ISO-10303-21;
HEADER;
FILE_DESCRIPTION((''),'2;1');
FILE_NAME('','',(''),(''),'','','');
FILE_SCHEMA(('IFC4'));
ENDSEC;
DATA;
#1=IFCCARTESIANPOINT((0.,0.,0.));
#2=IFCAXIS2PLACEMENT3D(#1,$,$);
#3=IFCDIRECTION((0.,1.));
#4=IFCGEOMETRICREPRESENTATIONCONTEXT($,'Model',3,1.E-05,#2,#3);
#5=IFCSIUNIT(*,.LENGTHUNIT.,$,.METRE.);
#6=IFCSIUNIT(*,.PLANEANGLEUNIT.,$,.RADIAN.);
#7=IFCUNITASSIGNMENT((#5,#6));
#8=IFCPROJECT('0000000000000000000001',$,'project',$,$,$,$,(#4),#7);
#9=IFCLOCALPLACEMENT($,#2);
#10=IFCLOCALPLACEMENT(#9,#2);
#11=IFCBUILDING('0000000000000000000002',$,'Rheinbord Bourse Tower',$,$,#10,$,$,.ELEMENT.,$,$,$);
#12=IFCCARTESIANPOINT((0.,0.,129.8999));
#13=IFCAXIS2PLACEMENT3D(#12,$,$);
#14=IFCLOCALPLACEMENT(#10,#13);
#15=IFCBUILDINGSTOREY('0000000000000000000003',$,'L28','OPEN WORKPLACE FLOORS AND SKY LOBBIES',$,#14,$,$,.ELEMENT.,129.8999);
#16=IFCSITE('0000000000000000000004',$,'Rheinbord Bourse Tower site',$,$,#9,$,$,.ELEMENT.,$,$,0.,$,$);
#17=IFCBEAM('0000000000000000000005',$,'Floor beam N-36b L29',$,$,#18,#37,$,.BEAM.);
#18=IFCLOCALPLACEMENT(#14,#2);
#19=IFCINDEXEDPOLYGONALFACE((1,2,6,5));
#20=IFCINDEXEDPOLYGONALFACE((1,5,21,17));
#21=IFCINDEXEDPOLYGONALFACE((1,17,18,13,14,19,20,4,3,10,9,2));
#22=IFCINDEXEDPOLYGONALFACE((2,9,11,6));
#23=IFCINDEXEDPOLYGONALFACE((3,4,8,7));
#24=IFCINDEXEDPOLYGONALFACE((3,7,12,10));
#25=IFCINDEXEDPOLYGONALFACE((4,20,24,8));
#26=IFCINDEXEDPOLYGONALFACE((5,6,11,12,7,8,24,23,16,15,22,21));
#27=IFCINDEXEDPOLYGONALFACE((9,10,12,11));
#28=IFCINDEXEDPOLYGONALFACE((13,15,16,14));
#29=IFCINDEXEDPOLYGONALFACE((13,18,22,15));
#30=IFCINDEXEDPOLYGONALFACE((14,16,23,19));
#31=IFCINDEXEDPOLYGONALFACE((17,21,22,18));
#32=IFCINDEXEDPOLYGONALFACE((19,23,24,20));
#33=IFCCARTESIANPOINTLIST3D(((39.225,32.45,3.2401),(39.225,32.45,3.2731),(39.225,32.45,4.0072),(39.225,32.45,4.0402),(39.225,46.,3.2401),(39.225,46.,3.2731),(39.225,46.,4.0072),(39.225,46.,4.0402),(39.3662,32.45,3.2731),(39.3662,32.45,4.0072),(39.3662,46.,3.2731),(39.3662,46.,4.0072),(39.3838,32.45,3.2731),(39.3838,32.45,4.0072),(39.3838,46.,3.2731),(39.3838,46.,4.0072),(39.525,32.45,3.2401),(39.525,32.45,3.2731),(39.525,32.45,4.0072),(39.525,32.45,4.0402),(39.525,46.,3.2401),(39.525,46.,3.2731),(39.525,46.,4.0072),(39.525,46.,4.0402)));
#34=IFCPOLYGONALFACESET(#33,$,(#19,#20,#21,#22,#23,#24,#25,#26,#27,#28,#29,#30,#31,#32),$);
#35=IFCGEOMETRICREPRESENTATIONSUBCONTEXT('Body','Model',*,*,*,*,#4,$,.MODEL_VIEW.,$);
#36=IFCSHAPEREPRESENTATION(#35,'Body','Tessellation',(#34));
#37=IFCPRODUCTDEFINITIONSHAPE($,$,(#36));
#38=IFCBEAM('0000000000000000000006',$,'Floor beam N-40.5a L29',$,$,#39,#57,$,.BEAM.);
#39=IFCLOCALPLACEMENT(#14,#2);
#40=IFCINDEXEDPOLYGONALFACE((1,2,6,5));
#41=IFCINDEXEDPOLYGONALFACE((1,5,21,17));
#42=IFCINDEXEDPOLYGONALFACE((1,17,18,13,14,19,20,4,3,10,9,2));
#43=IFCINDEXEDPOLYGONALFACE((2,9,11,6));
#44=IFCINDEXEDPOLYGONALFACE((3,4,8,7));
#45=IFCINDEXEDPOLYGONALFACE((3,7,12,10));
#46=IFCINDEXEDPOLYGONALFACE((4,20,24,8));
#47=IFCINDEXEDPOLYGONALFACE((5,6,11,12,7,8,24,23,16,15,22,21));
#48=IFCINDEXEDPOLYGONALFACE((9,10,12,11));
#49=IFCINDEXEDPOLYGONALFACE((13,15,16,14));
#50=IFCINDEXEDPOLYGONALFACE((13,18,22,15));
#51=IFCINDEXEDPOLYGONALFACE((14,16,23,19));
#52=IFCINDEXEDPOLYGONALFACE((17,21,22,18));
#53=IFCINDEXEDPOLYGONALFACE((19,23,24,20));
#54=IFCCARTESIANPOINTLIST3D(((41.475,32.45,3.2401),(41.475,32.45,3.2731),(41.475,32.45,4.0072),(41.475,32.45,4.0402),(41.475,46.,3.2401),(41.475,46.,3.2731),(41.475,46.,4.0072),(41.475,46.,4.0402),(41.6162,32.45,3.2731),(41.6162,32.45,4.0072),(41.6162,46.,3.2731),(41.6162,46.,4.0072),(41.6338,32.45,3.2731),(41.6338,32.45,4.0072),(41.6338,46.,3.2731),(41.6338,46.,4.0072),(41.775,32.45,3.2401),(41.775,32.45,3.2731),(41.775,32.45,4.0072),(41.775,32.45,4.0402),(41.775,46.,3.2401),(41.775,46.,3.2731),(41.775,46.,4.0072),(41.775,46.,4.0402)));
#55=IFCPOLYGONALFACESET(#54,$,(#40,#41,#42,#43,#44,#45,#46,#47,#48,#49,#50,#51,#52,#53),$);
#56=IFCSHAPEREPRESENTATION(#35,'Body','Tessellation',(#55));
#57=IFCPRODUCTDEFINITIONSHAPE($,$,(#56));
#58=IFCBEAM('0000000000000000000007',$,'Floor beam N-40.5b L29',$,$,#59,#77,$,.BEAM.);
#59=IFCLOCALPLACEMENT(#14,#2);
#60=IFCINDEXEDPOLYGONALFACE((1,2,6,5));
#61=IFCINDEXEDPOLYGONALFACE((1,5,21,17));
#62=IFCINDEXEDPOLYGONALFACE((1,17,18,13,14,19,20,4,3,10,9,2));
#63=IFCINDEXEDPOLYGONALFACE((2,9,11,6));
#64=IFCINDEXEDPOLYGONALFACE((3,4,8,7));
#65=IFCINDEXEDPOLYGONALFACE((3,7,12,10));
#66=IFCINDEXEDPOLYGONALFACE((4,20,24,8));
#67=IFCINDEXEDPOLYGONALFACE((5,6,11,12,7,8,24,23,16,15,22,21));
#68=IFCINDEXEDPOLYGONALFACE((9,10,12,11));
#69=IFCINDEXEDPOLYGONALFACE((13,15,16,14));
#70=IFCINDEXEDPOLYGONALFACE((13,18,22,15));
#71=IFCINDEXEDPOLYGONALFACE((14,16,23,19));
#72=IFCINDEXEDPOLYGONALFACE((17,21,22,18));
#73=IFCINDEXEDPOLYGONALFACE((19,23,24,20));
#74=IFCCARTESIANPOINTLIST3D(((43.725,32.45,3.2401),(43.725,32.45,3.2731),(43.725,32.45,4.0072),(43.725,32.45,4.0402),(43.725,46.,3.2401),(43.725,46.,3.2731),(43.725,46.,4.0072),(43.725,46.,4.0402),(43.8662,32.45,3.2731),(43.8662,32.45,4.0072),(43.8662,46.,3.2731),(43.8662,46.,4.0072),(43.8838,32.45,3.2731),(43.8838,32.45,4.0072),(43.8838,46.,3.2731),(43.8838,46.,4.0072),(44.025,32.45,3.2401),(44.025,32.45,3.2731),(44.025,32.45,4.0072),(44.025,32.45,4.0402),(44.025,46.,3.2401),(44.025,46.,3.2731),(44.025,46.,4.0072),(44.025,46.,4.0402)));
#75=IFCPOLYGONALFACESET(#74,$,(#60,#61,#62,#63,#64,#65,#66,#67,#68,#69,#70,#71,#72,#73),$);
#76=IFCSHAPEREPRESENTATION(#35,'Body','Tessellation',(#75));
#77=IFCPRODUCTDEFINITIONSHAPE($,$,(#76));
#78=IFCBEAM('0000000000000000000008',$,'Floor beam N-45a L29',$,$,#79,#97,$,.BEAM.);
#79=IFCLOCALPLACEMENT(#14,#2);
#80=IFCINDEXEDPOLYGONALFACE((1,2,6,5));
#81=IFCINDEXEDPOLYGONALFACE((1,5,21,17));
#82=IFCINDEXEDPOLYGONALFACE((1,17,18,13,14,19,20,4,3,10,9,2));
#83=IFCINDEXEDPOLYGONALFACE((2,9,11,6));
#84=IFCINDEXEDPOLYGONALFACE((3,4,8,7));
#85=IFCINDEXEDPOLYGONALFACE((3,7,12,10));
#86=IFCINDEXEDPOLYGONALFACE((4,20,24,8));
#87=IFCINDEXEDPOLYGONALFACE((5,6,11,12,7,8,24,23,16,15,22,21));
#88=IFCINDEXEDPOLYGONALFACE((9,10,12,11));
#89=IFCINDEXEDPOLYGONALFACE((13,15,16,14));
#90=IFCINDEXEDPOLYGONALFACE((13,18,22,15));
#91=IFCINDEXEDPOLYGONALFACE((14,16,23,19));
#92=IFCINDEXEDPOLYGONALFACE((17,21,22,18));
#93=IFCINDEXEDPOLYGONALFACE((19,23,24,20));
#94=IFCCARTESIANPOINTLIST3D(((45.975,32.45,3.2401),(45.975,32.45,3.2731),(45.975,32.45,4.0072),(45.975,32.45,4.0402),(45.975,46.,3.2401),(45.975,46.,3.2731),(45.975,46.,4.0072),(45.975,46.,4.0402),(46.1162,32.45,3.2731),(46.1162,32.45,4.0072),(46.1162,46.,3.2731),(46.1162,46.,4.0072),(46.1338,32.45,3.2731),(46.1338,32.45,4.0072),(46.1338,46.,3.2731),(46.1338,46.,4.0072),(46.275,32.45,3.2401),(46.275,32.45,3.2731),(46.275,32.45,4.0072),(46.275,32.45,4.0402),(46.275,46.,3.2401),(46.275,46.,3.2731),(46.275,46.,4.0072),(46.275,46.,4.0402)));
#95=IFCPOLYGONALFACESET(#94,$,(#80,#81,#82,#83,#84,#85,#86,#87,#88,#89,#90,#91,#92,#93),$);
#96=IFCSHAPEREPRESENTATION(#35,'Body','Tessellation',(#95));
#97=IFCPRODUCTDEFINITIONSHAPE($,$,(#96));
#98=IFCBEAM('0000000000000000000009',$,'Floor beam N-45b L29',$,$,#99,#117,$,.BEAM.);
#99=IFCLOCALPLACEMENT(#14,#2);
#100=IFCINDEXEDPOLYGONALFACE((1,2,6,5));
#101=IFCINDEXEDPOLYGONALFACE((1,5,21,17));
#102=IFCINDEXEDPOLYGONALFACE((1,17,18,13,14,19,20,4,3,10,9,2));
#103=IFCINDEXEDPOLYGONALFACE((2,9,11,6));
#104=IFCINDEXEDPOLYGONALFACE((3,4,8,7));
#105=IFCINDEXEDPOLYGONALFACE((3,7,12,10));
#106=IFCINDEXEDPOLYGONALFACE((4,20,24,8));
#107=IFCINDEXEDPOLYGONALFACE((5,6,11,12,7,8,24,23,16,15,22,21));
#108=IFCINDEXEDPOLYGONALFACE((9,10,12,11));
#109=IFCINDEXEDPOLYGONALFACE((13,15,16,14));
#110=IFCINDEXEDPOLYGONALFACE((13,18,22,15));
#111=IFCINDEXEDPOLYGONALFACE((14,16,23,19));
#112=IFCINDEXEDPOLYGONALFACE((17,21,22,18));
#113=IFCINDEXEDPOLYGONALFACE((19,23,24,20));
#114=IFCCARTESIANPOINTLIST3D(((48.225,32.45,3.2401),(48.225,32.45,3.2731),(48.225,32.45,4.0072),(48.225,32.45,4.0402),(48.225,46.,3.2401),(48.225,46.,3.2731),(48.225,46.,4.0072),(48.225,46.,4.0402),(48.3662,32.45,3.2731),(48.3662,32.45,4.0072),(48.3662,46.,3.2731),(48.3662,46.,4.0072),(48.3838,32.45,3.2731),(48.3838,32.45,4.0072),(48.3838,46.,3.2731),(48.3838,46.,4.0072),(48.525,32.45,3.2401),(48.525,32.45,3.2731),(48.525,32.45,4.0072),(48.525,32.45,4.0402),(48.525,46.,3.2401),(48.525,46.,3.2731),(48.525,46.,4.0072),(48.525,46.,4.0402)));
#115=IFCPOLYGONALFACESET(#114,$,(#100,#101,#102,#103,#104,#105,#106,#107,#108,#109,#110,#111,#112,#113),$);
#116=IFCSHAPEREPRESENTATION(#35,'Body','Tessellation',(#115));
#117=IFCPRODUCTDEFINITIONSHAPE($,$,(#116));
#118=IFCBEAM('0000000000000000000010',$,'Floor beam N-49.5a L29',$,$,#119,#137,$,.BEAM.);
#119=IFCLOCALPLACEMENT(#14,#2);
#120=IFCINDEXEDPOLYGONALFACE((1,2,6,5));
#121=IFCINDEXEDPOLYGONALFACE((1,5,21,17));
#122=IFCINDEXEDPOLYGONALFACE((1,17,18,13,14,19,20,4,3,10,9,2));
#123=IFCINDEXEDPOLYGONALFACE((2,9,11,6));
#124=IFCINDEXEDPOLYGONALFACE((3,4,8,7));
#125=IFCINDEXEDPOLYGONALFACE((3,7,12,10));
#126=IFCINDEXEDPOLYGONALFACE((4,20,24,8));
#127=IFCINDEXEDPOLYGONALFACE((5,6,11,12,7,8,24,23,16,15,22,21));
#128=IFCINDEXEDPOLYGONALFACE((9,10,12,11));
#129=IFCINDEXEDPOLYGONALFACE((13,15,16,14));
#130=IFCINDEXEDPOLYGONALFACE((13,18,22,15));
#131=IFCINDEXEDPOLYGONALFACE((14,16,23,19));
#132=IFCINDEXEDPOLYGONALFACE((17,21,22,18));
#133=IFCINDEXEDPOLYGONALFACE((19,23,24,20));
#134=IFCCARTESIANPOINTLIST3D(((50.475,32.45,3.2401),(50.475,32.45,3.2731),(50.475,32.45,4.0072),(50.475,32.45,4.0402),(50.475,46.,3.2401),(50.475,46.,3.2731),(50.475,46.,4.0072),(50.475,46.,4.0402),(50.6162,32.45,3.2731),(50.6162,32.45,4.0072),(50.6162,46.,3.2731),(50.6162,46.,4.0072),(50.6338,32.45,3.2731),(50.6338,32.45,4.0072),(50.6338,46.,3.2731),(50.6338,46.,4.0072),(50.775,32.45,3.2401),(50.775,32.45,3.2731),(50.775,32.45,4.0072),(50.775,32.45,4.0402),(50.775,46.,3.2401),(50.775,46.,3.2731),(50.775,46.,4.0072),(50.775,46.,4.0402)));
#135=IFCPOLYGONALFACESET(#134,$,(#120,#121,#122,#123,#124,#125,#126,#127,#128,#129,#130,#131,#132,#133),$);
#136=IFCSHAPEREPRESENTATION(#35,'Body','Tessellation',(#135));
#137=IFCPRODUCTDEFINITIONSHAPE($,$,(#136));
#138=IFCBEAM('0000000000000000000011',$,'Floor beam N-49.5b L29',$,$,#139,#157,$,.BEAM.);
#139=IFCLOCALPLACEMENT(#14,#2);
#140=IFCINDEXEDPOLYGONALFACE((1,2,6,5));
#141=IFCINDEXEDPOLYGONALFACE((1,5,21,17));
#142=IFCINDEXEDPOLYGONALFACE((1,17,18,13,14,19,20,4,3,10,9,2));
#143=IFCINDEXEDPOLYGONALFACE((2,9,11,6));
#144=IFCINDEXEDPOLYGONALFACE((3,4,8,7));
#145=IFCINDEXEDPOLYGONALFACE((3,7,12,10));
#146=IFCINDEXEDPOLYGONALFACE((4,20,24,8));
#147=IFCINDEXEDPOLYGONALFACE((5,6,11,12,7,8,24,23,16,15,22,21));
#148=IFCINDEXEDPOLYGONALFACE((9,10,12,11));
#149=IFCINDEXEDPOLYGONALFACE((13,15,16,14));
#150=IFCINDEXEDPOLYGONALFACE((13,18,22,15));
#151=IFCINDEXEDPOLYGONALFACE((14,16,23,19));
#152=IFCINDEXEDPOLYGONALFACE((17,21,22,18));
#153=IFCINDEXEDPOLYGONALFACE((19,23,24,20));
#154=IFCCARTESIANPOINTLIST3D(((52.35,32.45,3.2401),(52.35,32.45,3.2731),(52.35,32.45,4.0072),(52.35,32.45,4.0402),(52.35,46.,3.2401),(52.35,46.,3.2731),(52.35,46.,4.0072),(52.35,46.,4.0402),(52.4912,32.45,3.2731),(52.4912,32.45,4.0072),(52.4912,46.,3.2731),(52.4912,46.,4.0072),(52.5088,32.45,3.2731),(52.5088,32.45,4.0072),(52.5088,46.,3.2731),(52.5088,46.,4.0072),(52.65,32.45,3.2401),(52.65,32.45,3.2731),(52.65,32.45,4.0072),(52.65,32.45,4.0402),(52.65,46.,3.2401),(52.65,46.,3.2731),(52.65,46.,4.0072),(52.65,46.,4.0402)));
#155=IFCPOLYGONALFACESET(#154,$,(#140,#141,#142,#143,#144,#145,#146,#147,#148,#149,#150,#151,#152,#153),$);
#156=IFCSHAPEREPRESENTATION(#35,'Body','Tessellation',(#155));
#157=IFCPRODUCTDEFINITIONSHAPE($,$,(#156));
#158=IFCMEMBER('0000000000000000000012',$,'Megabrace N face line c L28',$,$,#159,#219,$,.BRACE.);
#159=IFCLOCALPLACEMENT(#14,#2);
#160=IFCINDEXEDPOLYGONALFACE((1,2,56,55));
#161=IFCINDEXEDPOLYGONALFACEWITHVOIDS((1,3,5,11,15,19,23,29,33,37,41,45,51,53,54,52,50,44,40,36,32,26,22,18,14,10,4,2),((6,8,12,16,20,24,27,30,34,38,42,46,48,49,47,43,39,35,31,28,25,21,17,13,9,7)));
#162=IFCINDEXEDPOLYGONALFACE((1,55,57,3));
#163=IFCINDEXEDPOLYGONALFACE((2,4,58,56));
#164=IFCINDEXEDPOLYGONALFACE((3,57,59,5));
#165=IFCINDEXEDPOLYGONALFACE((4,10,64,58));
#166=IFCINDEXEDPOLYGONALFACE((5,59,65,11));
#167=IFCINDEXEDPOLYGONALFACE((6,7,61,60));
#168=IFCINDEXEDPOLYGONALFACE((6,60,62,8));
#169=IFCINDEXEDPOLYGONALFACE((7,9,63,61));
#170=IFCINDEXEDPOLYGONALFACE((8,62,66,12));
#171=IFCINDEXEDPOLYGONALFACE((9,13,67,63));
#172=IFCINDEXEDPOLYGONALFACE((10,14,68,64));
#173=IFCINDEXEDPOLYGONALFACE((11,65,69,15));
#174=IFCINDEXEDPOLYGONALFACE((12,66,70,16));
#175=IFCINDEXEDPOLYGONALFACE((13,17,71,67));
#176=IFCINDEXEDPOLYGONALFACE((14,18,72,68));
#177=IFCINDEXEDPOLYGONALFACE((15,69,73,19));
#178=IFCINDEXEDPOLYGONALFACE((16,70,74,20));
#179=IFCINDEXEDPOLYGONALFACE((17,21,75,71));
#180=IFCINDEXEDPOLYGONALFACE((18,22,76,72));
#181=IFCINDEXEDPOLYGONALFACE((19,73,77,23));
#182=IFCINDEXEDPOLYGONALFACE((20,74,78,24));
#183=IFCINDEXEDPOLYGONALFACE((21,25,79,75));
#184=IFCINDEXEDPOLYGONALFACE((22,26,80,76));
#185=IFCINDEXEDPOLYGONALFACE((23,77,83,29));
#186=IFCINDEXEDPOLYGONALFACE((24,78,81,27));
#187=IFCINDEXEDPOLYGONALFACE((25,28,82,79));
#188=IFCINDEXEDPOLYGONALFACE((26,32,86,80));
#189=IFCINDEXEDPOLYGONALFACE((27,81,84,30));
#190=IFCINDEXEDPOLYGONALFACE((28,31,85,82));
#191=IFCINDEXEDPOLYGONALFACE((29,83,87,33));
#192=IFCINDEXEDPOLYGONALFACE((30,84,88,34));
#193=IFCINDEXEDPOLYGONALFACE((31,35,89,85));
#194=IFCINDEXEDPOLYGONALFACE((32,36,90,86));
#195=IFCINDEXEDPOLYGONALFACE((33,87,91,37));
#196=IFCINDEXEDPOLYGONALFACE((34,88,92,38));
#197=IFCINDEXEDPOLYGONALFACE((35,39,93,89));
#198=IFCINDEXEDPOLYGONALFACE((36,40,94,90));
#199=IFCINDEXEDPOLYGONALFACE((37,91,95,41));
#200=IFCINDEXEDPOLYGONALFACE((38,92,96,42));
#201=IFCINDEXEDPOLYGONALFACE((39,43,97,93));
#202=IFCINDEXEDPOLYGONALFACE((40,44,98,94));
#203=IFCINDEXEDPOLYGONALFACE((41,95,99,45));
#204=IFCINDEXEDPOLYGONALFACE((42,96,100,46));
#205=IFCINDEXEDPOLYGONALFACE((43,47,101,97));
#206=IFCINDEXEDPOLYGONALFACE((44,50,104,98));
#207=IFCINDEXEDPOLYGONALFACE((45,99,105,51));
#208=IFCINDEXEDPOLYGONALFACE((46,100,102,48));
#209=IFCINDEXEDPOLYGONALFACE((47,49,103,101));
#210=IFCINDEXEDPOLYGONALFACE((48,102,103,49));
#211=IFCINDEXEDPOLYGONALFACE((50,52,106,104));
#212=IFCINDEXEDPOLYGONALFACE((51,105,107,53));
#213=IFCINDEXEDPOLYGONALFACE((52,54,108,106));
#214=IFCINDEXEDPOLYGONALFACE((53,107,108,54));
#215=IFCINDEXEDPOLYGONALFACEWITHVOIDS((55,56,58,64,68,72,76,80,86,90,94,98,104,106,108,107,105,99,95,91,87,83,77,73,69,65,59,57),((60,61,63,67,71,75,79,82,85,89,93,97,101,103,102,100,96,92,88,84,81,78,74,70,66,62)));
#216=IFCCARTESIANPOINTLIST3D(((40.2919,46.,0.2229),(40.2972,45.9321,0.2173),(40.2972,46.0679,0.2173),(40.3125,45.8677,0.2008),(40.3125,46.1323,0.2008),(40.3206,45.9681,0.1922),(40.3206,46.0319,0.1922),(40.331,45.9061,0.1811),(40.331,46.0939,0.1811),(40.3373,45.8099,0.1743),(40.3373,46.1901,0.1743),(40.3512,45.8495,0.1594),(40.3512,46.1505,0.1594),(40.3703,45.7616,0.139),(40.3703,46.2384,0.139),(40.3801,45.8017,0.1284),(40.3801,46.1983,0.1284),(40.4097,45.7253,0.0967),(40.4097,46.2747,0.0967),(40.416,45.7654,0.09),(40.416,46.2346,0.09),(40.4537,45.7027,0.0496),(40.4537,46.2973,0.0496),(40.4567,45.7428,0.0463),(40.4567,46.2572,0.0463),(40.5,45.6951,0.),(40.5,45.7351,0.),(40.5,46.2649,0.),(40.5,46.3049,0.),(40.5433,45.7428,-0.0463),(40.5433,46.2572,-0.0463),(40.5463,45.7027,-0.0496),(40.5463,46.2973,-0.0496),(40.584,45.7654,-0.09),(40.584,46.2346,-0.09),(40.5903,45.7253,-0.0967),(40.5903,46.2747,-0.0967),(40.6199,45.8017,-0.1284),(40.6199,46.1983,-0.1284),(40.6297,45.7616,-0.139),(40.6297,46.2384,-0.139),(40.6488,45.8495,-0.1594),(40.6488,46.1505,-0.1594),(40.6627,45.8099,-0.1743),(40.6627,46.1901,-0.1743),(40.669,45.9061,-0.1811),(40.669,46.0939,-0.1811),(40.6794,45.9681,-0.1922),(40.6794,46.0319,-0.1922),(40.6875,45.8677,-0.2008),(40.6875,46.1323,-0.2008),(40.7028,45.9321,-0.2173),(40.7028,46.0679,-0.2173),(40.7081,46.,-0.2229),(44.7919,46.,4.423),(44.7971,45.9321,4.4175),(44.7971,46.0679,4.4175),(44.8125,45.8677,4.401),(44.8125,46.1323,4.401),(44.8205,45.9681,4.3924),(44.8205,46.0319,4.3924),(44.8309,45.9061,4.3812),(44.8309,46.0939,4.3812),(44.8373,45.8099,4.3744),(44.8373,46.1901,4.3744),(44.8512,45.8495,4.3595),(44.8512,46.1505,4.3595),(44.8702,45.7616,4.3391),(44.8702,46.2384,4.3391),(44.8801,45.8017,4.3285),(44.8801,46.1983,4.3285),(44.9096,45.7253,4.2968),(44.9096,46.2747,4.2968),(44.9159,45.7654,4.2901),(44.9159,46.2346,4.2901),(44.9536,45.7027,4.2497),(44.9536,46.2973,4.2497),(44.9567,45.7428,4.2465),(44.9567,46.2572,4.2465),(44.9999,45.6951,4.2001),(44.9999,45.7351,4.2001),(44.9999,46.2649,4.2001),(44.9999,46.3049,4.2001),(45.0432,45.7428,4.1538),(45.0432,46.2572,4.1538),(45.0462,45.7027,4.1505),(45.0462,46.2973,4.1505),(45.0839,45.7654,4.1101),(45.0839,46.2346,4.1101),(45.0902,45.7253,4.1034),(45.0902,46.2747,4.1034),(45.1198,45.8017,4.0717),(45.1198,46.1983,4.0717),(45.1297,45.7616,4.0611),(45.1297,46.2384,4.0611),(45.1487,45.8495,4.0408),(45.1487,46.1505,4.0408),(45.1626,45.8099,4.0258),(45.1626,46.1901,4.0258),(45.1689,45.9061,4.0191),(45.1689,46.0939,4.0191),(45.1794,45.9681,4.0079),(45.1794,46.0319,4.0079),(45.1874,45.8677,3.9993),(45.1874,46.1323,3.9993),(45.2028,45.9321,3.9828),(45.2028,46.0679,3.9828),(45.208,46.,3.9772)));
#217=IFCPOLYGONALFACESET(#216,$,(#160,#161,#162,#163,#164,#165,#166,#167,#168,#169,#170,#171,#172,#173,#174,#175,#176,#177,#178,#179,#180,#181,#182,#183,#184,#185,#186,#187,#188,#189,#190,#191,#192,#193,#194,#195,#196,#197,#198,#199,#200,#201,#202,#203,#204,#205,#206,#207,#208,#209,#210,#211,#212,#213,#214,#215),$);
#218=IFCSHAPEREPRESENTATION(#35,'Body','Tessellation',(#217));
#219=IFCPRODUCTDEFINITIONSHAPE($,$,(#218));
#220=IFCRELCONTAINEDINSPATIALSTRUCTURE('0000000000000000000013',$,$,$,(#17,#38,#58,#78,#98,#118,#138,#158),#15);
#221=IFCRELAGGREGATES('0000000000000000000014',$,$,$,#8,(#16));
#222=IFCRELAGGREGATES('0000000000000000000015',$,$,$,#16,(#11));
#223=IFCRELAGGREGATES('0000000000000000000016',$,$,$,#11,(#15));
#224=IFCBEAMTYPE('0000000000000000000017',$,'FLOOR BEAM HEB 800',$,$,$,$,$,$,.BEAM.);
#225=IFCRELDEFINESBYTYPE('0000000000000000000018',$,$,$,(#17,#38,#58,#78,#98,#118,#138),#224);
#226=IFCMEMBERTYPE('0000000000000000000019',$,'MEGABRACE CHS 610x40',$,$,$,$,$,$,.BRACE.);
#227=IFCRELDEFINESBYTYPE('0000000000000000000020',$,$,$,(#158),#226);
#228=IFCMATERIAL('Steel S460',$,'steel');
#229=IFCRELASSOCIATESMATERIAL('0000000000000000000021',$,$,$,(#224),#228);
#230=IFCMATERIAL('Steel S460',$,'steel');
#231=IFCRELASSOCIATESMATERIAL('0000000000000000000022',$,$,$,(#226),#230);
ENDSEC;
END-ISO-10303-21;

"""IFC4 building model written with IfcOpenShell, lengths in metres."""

from ifc_helpers import new_model, si_unit, direction, frame, origin, origin_2d, place, context, subcontext, project, spatial, hollow_circle, i_section, extrude, material, material_profile, profile_set, type_object, element, save


model = new_model("IFC4")

# Units and contexts
model_context = context("Model", 3, precision=1e-05, world=origin(), true_north=direction((0.0, 1.0)))
body_context = subcontext(model_context, "Body", "Model", "MODEL_VIEW")
ifc_project = project(units=[si_unit("LENGTHUNIT", "METRE"), si_unit("PLANEANGLEUNIT", "RADIAN")], contexts=[model_context])

# Site, building, storey
site_placement = place(None, origin())
site = spatial("IfcSite", under=ifc_project, at=site_placement, Name="Rheinbord Bourse Tower site", CompositionType="ELEMENT", RefElevation=0.0)
building_placement = place(site_placement, origin())
building = spatial("IfcBuilding", under=site, at=building_placement, Name="Rheinbord Bourse Tower", CompositionType="ELEMENT")
storey_placement = place(building_placement, frame((0.0, 0.0, 129.8999)))
storey = spatial("IfcBuildingStorey", under=building, at=storey_placement, Name="L28", Description="OPEN WORKPLACE FLOORS AND SKY LOBBIES", CompositionType="ELEMENT", Elevation=129.8999)

# Beams
ifc_material_1 = material(Name="Steel S460", Category="steel")
ifc_material_profile_1 = material_profile(ifc_material_1, i_section(OverallWidth=0.3, OverallDepth=0.8, WebThickness=0.0176, FlangeThickness=0.033, at=origin_2d()), Name="HEB 800")
ifc_profile_set_1 = profile_set([ifc_material_profile_1], Name="Steel S460")
beam_type_1 = type_object("IfcBeamType", Name="FLOOR BEAM HEB 800", PredefinedType="BEAM", material=ifc_profile_set_1)
for number, where, z_axis, x_axis, name in (
    (1, (39.375, 46.0, 3.6401), (0.0, -1.0, 0.0), (1.0, 0.0, 0.0), "Floor beam N-36b L29"),
    (2, (41.625, 46.0, 3.6401), (0.0, -1.0, 0.0), (1.0, 0.0, 0.0), "Floor beam N-40.5a L29"),
    (3, (43.875, 46.0, 3.6401), (0.0, -1.0, 0.0), (1.0, 0.0, 0.0), "Floor beam N-40.5b L29"),
    (4, (46.125, 46.0, 3.6401), (0.0, -1.0, 0.0), (1.0, 0.0, 0.0), "Floor beam N-45a L29"),
    (5, (48.375, 46.0, 3.6401), (0.0, -1.0, 0.0), (1.0, 0.0, 0.0), "Floor beam N-45b L29"),
    (6, (50.625, 46.0, 3.6401), (0.0, -1.0, 0.0), (1.0, 0.0, 0.0), "Floor beam N-49.5a L29"),
    (7, (52.5, 46.0, 3.6401), (0.0, -1.0, 0.0), (1.0, 0.0, 0.0), "Floor beam N-49.5b L29"),
):
    element("IfcBeam", number, at=place(storey_placement, frame(where, z_axis=z_axis, x_axis=x_axis)), inside=storey, type_object=beam_type_1, Name=name, PredefinedType="BEAM", context=body_context, shape_type="SweptSolid", body=[
        extrude(i_section(OverallWidth=0.3, OverallDepth=0.8, WebThickness=0.0176, FlangeThickness=0.033, at=origin_2d()), origin(), (0.0, 0.0, 1.0), 13.55),
    ])

# Member
ifc_material_2 = material(Name="Steel S460", Category="steel")
ifc_material_profile_2 = material_profile(ifc_material_2, hollow_circle(Radius=0.3049, WallThickness=0.04, at=origin_2d()), Name="CHS 610x40")
ifc_profile_set_2 = profile_set([ifc_material_profile_2], Name="Steel S460")
member_type_1 = type_object("IfcMemberType", Name="MEGABRACE CHS 610x40", PredefinedType="BRACE", material=ifc_profile_set_2)
member_1_placement = place(storey_placement, frame((40.5, 46.0, 0.0), z_axis=(0.731039, 0.0, 0.682335), x_axis=(0.0, 1.0, 0.0)))
element("IfcMember", 8, at=member_1_placement, inside=storey, type_object=member_type_1, Name="Megabrace N face line c L28", PredefinedType="BRACE", context=body_context, shape_type="SweptSolid", body=[
    extrude(hollow_circle(Radius=0.3049, WallThickness=0.04, at=origin_2d()), origin(), (0.0, 0.0, 1.0), 6.1555),
])

save(model, "model.ifc")
